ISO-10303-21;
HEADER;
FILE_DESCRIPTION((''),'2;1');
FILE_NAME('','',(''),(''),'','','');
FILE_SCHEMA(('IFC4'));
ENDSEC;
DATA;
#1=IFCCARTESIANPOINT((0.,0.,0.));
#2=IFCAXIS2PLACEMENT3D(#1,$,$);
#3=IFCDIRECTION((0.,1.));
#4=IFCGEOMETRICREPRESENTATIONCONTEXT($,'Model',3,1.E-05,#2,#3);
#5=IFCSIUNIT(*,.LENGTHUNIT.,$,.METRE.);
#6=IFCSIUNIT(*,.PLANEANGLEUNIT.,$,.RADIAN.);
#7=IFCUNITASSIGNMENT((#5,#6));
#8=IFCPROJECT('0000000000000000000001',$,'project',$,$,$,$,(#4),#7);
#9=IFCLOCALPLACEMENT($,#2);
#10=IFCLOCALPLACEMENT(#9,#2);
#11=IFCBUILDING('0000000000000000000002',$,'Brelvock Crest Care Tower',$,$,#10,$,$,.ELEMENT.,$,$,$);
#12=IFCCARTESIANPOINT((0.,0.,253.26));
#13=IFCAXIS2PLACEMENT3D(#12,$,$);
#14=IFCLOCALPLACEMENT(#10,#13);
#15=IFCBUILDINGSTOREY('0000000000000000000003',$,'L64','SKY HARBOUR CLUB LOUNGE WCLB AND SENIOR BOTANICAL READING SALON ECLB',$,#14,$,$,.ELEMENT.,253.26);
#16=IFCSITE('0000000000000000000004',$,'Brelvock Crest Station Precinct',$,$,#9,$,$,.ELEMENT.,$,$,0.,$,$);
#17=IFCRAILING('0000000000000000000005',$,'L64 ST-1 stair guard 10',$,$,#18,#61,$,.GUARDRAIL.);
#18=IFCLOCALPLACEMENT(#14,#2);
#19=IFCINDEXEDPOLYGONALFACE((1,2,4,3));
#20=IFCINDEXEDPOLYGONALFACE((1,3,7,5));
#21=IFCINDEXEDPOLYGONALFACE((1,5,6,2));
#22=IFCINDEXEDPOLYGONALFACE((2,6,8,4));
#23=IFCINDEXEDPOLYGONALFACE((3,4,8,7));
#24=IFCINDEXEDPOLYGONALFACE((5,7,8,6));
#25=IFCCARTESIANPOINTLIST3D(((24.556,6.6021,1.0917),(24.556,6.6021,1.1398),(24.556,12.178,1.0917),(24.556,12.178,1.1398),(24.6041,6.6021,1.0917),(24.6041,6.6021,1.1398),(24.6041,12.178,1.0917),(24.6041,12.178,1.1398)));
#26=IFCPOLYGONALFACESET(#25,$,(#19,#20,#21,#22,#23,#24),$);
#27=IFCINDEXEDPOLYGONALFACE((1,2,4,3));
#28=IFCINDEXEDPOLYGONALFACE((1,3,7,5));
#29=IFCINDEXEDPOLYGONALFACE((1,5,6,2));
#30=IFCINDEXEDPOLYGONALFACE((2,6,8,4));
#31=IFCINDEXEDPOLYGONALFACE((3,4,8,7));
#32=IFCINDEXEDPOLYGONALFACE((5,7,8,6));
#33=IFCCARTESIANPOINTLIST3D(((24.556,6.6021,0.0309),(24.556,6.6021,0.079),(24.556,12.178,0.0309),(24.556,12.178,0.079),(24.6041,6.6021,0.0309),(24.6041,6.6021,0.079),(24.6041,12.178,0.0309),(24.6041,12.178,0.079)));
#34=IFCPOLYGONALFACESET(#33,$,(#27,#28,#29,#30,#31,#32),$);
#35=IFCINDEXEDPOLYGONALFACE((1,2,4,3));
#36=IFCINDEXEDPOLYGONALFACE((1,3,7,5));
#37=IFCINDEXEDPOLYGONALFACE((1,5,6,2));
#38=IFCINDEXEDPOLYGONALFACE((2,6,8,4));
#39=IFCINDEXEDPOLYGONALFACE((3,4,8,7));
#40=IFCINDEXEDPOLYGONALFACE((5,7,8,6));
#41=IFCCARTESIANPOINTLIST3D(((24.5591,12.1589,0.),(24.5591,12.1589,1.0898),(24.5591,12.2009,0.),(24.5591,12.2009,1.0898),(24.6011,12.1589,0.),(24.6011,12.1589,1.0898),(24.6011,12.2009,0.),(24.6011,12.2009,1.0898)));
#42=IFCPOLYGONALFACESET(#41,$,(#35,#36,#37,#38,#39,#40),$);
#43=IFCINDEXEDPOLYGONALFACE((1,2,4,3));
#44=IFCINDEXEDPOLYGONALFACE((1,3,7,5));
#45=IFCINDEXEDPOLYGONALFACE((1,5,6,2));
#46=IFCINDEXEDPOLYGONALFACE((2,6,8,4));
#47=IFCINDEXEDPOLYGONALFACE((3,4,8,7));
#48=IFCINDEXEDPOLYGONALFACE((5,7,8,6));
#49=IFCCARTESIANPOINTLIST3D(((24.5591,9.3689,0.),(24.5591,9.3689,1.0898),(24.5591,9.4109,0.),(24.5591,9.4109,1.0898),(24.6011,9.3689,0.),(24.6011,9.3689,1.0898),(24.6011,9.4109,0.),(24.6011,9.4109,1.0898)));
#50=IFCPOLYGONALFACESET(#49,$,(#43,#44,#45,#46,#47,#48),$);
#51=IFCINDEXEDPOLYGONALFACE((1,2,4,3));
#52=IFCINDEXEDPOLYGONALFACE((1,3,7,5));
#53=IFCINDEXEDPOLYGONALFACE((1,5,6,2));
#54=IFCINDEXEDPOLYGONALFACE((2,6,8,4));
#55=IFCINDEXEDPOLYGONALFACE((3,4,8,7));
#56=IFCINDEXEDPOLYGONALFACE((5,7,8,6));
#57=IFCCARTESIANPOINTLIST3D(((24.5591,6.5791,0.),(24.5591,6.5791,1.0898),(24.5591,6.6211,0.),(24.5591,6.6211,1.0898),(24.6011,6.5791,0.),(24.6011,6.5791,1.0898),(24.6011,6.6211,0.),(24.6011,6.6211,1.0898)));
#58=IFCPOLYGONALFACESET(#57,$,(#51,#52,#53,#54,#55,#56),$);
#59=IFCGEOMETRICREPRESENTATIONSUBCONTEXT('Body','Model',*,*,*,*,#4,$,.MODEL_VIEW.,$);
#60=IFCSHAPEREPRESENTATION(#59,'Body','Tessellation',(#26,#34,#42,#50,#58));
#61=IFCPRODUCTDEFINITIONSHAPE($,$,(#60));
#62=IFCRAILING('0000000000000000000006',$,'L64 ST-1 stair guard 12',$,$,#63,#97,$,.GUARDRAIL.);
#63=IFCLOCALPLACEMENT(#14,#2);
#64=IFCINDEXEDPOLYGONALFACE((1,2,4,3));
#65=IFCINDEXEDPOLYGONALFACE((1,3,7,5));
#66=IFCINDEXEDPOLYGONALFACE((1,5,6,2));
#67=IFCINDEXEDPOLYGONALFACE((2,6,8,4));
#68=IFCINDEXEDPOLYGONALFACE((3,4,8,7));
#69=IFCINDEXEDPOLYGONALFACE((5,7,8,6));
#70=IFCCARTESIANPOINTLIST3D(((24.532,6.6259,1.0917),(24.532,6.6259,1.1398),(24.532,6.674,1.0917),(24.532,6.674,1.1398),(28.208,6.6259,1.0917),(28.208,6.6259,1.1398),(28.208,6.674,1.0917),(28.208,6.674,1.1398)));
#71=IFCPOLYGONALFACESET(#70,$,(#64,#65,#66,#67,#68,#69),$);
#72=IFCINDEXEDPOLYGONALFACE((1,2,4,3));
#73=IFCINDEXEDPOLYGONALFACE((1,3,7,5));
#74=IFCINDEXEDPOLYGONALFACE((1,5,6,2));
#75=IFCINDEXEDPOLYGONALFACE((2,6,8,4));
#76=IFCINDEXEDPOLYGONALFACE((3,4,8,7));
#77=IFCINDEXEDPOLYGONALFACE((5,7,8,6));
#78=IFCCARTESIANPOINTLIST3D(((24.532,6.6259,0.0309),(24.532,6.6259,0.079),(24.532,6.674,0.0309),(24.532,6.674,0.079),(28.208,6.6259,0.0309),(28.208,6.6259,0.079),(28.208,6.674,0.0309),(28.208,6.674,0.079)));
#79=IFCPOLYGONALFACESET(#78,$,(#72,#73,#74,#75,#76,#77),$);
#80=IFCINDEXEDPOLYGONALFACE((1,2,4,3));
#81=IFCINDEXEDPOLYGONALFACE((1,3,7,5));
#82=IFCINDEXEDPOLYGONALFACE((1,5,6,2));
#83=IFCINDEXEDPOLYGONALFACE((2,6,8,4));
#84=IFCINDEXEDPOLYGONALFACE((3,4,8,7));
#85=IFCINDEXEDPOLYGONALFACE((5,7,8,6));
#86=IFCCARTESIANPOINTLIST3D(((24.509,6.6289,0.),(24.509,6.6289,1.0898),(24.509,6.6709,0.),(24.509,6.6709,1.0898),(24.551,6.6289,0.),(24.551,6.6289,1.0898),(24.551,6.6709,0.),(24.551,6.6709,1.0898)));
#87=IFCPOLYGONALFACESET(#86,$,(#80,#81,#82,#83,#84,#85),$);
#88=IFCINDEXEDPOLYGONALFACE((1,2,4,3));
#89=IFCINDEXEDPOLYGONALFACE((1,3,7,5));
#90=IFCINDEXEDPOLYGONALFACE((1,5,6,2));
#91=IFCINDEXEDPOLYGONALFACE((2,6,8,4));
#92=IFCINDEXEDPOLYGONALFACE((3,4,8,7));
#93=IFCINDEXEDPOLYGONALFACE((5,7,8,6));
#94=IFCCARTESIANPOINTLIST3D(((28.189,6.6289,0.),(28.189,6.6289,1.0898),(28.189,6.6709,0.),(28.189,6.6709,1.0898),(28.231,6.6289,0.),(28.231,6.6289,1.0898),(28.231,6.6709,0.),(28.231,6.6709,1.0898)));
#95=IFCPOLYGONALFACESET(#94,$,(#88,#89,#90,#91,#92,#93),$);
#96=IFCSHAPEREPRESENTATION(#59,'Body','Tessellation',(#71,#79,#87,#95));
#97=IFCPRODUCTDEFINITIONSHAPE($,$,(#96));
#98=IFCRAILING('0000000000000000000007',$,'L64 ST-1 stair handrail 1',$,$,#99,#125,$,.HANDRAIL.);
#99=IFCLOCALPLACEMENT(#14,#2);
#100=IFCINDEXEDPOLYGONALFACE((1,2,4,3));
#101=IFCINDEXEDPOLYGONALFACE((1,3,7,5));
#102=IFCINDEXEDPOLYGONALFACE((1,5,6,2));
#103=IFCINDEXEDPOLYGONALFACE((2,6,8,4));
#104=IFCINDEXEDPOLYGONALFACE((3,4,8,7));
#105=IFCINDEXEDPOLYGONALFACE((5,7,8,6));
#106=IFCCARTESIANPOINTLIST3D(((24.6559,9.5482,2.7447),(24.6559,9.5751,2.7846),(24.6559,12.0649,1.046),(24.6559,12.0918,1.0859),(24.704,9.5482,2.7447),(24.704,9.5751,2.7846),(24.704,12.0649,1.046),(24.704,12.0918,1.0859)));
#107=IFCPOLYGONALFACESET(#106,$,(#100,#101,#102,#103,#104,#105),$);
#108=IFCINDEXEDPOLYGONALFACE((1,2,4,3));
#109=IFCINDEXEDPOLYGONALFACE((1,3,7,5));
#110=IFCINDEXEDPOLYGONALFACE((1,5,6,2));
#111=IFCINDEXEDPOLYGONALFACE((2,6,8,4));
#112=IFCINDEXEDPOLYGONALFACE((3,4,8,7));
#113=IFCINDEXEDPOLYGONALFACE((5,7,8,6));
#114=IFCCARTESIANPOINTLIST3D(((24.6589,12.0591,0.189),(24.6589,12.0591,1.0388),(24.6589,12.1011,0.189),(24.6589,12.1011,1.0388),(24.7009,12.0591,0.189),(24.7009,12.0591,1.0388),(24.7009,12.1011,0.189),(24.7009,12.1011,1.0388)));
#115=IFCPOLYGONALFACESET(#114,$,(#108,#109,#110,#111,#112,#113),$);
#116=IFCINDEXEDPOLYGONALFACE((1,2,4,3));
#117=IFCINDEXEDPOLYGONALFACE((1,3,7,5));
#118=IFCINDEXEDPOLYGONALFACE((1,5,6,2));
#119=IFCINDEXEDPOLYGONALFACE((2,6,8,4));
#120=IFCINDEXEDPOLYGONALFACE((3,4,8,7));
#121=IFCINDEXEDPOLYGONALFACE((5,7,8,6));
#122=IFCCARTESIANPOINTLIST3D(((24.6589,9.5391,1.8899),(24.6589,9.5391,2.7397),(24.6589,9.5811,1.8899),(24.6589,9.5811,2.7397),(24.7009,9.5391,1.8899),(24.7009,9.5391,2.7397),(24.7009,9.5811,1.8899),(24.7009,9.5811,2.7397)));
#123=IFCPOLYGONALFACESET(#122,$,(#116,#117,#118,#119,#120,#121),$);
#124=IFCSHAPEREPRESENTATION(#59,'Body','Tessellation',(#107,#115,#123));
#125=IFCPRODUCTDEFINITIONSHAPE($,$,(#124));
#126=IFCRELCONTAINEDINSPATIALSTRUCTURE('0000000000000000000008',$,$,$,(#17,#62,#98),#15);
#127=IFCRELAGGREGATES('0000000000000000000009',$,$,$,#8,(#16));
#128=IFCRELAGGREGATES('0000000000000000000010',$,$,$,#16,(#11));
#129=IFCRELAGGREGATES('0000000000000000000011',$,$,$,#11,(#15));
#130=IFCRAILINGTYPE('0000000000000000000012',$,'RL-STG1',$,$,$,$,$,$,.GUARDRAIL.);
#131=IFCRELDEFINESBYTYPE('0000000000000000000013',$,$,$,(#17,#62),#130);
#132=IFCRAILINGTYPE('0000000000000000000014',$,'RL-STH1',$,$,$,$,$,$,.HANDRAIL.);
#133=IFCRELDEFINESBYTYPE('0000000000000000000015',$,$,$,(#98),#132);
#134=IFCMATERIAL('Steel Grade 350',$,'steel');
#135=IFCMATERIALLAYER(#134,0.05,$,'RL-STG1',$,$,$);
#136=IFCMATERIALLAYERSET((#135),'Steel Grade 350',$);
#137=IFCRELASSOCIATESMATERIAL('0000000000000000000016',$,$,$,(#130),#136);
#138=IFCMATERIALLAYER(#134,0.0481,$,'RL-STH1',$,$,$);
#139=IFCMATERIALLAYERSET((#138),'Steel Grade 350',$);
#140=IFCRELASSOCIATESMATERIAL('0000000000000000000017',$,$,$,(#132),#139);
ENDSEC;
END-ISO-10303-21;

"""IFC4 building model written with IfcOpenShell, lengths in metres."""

from ifc_helpers import new_model, si_unit, direction, frame, origin, origin_2d, place, context, subcontext, project, spatial, rectangle, extrude, material, layer, layer_set, type_object, element, save


model = new_model("IFC4")

# Units and contexts
model_context = context("Model", 3, precision=1e-05, world=origin(), true_north=direction((0.0, 1.0)))
body_context = subcontext(model_context, "Body", "Model", "MODEL_VIEW")
ifc_project = project(units=[si_unit("LENGTHUNIT", "METRE"), si_unit("PLANEANGLEUNIT", "RADIAN")], contexts=[model_context])

# Site, building, storey
site_placement = place(None, origin())
site = spatial("IfcSite", under=ifc_project, at=site_placement, Name="Brelvock Crest Station Precinct", CompositionType="ELEMENT", RefElevation=0.0)
building_placement = place(site_placement, origin())
building = spatial("IfcBuilding", under=site, at=building_placement, Name="Brelvock Crest Care Tower", CompositionType="ELEMENT")
storey_placement = place(building_placement, frame((0.0, 0.0, 253.26)))
storey = spatial("IfcBuildingStorey", under=building, at=storey_placement, Name="L64", Description="SKY HARBOUR CLUB LOUNGE WCLB AND SENIOR BOTANICAL READING SALON ECLB", CompositionType="ELEMENT", Elevation=253.26)

# Shared definitions
ifc_material_1 = material(Name="Steel Grade 350", Category="steel")

# Railings
ifc_layer_1 = layer(ifc_material_1, 0.05, Name="RL-STG1")
ifc_layer_set_1 = layer_set([ifc_layer_1], Name="Steel Grade 350")
railing_type_1 = type_object("IfcRailingType", Name="RL-STG1", PredefinedType="GUARDRAIL", material=ifc_layer_set_1)
railing_1_placement = place(storey_placement, frame((24.5801, 12.1799, 0.0)))
element("IfcRailing", 1, at=railing_1_placement, inside=storey, type_object=railing_type_1, Name="L64 ST-1 stair guard 10", PredefinedType="GUARDRAIL", context=body_context, shape_type="SweptSolid", body=[
    extrude(rectangle(XDim=0.0481, YDim=0.0481, at=origin_2d()), frame((0.0, -0.002, 1.1157), z_axis=(0.0, -1.0, 0.0), x_axis=(1.0, 0.0, 0.0)), (0.0, 0.0, 1.0), 5.5759),
    extrude(rectangle(XDim=0.0481, YDim=0.0481, at=origin_2d()), frame((0.0, -0.002, 0.0549), z_axis=(0.0, -1.0, 0.0), x_axis=(1.0, 0.0, 0.0)), (0.0, 0.0, 1.0), 5.5759),
    extrude(rectangle(XDim=0.042, YDim=0.042, at=origin_2d()), origin(), (0.0, 0.0, 1.0), 1.0898),
    extrude(rectangle(XDim=0.042, YDim=0.042, at=origin_2d()), frame((0.0, -2.79, 0.0)), (0.0, 0.0, 1.0), 1.0898),
    extrude(rectangle(XDim=0.042, YDim=0.042, at=origin_2d()), frame((0.0, -5.5798, 0.0)), (0.0, 0.0, 1.0), 1.0898),
])
railing_2_placement = place(storey_placement, frame((24.53, 6.6499, 0.0)))
element("IfcRailing", 2, at=railing_2_placement, inside=storey, type_object=railing_type_1, Name="L64 ST-1 stair guard 12", PredefinedType="GUARDRAIL", context=body_context, shape_type="SweptSolid", body=[
    extrude(rectangle(XDim=0.0481, YDim=0.0481, at=origin_2d()), frame((0.002, 0.0, 1.1157), z_axis=(1.0, 0.0, 0.0), x_axis=(0.0, 1.0, 0.0)), (0.0, 0.0, 1.0), 3.676),
    extrude(rectangle(XDim=0.0481, YDim=0.0481, at=origin_2d()), frame((0.002, 0.0, 0.0549), z_axis=(1.0, 0.0, 0.0), x_axis=(0.0, 1.0, 0.0)), (0.0, 0.0, 1.0), 3.676),
    extrude(rectangle(XDim=0.042, YDim=0.042, at=origin_2d()), origin(), (0.0, 0.0, 1.0), 1.0898),
    extrude(rectangle(XDim=0.042, YDim=0.042, at=origin_2d()), frame((3.6799, 0.0, 0.0)), (0.0, 0.0, 1.0), 1.0898),
])
ifc_layer_2 = layer(ifc_material_1, 0.0481, Name="RL-STH1")
ifc_layer_set_2 = layer_set([ifc_layer_2], Name="Steel Grade 350")
railing_type_2 = type_object("IfcRailingType", Name="RL-STH1", PredefinedType="HANDRAIL", material=ifc_layer_set_2)
railing_3_placement = place(storey_placement, frame((24.6799, 12.0801, 0.189)))
element("IfcRailing", 3, at=railing_3_placement, inside=storey, type_object=railing_type_2, Name="L64 ST-1 stair handrail 1", PredefinedType="HANDRAIL", context=body_context, shape_type="SweptSolid", body=[
    extrude(rectangle(XDim=0.0481, YDim=0.0481, at=origin_2d()), frame((0.0, -0.0017, 0.877), z_axis=(0.0, -0.828862, 0.559454), x_axis=(1.0, 0.0, 0.0)), (0.0, 0.0, 1.0), 3.0364),
    extrude(rectangle(XDim=0.042, YDim=0.042, at=origin_2d()), origin(), (0.0, 0.0, 1.0), 0.8499),
    extrude(rectangle(XDim=0.042, YDim=0.042, at=origin_2d()), frame((0.0, -2.52, 1.7009)), (0.0, 0.0, 1.0), 0.8499),
])

save(model, "model.ifc")
